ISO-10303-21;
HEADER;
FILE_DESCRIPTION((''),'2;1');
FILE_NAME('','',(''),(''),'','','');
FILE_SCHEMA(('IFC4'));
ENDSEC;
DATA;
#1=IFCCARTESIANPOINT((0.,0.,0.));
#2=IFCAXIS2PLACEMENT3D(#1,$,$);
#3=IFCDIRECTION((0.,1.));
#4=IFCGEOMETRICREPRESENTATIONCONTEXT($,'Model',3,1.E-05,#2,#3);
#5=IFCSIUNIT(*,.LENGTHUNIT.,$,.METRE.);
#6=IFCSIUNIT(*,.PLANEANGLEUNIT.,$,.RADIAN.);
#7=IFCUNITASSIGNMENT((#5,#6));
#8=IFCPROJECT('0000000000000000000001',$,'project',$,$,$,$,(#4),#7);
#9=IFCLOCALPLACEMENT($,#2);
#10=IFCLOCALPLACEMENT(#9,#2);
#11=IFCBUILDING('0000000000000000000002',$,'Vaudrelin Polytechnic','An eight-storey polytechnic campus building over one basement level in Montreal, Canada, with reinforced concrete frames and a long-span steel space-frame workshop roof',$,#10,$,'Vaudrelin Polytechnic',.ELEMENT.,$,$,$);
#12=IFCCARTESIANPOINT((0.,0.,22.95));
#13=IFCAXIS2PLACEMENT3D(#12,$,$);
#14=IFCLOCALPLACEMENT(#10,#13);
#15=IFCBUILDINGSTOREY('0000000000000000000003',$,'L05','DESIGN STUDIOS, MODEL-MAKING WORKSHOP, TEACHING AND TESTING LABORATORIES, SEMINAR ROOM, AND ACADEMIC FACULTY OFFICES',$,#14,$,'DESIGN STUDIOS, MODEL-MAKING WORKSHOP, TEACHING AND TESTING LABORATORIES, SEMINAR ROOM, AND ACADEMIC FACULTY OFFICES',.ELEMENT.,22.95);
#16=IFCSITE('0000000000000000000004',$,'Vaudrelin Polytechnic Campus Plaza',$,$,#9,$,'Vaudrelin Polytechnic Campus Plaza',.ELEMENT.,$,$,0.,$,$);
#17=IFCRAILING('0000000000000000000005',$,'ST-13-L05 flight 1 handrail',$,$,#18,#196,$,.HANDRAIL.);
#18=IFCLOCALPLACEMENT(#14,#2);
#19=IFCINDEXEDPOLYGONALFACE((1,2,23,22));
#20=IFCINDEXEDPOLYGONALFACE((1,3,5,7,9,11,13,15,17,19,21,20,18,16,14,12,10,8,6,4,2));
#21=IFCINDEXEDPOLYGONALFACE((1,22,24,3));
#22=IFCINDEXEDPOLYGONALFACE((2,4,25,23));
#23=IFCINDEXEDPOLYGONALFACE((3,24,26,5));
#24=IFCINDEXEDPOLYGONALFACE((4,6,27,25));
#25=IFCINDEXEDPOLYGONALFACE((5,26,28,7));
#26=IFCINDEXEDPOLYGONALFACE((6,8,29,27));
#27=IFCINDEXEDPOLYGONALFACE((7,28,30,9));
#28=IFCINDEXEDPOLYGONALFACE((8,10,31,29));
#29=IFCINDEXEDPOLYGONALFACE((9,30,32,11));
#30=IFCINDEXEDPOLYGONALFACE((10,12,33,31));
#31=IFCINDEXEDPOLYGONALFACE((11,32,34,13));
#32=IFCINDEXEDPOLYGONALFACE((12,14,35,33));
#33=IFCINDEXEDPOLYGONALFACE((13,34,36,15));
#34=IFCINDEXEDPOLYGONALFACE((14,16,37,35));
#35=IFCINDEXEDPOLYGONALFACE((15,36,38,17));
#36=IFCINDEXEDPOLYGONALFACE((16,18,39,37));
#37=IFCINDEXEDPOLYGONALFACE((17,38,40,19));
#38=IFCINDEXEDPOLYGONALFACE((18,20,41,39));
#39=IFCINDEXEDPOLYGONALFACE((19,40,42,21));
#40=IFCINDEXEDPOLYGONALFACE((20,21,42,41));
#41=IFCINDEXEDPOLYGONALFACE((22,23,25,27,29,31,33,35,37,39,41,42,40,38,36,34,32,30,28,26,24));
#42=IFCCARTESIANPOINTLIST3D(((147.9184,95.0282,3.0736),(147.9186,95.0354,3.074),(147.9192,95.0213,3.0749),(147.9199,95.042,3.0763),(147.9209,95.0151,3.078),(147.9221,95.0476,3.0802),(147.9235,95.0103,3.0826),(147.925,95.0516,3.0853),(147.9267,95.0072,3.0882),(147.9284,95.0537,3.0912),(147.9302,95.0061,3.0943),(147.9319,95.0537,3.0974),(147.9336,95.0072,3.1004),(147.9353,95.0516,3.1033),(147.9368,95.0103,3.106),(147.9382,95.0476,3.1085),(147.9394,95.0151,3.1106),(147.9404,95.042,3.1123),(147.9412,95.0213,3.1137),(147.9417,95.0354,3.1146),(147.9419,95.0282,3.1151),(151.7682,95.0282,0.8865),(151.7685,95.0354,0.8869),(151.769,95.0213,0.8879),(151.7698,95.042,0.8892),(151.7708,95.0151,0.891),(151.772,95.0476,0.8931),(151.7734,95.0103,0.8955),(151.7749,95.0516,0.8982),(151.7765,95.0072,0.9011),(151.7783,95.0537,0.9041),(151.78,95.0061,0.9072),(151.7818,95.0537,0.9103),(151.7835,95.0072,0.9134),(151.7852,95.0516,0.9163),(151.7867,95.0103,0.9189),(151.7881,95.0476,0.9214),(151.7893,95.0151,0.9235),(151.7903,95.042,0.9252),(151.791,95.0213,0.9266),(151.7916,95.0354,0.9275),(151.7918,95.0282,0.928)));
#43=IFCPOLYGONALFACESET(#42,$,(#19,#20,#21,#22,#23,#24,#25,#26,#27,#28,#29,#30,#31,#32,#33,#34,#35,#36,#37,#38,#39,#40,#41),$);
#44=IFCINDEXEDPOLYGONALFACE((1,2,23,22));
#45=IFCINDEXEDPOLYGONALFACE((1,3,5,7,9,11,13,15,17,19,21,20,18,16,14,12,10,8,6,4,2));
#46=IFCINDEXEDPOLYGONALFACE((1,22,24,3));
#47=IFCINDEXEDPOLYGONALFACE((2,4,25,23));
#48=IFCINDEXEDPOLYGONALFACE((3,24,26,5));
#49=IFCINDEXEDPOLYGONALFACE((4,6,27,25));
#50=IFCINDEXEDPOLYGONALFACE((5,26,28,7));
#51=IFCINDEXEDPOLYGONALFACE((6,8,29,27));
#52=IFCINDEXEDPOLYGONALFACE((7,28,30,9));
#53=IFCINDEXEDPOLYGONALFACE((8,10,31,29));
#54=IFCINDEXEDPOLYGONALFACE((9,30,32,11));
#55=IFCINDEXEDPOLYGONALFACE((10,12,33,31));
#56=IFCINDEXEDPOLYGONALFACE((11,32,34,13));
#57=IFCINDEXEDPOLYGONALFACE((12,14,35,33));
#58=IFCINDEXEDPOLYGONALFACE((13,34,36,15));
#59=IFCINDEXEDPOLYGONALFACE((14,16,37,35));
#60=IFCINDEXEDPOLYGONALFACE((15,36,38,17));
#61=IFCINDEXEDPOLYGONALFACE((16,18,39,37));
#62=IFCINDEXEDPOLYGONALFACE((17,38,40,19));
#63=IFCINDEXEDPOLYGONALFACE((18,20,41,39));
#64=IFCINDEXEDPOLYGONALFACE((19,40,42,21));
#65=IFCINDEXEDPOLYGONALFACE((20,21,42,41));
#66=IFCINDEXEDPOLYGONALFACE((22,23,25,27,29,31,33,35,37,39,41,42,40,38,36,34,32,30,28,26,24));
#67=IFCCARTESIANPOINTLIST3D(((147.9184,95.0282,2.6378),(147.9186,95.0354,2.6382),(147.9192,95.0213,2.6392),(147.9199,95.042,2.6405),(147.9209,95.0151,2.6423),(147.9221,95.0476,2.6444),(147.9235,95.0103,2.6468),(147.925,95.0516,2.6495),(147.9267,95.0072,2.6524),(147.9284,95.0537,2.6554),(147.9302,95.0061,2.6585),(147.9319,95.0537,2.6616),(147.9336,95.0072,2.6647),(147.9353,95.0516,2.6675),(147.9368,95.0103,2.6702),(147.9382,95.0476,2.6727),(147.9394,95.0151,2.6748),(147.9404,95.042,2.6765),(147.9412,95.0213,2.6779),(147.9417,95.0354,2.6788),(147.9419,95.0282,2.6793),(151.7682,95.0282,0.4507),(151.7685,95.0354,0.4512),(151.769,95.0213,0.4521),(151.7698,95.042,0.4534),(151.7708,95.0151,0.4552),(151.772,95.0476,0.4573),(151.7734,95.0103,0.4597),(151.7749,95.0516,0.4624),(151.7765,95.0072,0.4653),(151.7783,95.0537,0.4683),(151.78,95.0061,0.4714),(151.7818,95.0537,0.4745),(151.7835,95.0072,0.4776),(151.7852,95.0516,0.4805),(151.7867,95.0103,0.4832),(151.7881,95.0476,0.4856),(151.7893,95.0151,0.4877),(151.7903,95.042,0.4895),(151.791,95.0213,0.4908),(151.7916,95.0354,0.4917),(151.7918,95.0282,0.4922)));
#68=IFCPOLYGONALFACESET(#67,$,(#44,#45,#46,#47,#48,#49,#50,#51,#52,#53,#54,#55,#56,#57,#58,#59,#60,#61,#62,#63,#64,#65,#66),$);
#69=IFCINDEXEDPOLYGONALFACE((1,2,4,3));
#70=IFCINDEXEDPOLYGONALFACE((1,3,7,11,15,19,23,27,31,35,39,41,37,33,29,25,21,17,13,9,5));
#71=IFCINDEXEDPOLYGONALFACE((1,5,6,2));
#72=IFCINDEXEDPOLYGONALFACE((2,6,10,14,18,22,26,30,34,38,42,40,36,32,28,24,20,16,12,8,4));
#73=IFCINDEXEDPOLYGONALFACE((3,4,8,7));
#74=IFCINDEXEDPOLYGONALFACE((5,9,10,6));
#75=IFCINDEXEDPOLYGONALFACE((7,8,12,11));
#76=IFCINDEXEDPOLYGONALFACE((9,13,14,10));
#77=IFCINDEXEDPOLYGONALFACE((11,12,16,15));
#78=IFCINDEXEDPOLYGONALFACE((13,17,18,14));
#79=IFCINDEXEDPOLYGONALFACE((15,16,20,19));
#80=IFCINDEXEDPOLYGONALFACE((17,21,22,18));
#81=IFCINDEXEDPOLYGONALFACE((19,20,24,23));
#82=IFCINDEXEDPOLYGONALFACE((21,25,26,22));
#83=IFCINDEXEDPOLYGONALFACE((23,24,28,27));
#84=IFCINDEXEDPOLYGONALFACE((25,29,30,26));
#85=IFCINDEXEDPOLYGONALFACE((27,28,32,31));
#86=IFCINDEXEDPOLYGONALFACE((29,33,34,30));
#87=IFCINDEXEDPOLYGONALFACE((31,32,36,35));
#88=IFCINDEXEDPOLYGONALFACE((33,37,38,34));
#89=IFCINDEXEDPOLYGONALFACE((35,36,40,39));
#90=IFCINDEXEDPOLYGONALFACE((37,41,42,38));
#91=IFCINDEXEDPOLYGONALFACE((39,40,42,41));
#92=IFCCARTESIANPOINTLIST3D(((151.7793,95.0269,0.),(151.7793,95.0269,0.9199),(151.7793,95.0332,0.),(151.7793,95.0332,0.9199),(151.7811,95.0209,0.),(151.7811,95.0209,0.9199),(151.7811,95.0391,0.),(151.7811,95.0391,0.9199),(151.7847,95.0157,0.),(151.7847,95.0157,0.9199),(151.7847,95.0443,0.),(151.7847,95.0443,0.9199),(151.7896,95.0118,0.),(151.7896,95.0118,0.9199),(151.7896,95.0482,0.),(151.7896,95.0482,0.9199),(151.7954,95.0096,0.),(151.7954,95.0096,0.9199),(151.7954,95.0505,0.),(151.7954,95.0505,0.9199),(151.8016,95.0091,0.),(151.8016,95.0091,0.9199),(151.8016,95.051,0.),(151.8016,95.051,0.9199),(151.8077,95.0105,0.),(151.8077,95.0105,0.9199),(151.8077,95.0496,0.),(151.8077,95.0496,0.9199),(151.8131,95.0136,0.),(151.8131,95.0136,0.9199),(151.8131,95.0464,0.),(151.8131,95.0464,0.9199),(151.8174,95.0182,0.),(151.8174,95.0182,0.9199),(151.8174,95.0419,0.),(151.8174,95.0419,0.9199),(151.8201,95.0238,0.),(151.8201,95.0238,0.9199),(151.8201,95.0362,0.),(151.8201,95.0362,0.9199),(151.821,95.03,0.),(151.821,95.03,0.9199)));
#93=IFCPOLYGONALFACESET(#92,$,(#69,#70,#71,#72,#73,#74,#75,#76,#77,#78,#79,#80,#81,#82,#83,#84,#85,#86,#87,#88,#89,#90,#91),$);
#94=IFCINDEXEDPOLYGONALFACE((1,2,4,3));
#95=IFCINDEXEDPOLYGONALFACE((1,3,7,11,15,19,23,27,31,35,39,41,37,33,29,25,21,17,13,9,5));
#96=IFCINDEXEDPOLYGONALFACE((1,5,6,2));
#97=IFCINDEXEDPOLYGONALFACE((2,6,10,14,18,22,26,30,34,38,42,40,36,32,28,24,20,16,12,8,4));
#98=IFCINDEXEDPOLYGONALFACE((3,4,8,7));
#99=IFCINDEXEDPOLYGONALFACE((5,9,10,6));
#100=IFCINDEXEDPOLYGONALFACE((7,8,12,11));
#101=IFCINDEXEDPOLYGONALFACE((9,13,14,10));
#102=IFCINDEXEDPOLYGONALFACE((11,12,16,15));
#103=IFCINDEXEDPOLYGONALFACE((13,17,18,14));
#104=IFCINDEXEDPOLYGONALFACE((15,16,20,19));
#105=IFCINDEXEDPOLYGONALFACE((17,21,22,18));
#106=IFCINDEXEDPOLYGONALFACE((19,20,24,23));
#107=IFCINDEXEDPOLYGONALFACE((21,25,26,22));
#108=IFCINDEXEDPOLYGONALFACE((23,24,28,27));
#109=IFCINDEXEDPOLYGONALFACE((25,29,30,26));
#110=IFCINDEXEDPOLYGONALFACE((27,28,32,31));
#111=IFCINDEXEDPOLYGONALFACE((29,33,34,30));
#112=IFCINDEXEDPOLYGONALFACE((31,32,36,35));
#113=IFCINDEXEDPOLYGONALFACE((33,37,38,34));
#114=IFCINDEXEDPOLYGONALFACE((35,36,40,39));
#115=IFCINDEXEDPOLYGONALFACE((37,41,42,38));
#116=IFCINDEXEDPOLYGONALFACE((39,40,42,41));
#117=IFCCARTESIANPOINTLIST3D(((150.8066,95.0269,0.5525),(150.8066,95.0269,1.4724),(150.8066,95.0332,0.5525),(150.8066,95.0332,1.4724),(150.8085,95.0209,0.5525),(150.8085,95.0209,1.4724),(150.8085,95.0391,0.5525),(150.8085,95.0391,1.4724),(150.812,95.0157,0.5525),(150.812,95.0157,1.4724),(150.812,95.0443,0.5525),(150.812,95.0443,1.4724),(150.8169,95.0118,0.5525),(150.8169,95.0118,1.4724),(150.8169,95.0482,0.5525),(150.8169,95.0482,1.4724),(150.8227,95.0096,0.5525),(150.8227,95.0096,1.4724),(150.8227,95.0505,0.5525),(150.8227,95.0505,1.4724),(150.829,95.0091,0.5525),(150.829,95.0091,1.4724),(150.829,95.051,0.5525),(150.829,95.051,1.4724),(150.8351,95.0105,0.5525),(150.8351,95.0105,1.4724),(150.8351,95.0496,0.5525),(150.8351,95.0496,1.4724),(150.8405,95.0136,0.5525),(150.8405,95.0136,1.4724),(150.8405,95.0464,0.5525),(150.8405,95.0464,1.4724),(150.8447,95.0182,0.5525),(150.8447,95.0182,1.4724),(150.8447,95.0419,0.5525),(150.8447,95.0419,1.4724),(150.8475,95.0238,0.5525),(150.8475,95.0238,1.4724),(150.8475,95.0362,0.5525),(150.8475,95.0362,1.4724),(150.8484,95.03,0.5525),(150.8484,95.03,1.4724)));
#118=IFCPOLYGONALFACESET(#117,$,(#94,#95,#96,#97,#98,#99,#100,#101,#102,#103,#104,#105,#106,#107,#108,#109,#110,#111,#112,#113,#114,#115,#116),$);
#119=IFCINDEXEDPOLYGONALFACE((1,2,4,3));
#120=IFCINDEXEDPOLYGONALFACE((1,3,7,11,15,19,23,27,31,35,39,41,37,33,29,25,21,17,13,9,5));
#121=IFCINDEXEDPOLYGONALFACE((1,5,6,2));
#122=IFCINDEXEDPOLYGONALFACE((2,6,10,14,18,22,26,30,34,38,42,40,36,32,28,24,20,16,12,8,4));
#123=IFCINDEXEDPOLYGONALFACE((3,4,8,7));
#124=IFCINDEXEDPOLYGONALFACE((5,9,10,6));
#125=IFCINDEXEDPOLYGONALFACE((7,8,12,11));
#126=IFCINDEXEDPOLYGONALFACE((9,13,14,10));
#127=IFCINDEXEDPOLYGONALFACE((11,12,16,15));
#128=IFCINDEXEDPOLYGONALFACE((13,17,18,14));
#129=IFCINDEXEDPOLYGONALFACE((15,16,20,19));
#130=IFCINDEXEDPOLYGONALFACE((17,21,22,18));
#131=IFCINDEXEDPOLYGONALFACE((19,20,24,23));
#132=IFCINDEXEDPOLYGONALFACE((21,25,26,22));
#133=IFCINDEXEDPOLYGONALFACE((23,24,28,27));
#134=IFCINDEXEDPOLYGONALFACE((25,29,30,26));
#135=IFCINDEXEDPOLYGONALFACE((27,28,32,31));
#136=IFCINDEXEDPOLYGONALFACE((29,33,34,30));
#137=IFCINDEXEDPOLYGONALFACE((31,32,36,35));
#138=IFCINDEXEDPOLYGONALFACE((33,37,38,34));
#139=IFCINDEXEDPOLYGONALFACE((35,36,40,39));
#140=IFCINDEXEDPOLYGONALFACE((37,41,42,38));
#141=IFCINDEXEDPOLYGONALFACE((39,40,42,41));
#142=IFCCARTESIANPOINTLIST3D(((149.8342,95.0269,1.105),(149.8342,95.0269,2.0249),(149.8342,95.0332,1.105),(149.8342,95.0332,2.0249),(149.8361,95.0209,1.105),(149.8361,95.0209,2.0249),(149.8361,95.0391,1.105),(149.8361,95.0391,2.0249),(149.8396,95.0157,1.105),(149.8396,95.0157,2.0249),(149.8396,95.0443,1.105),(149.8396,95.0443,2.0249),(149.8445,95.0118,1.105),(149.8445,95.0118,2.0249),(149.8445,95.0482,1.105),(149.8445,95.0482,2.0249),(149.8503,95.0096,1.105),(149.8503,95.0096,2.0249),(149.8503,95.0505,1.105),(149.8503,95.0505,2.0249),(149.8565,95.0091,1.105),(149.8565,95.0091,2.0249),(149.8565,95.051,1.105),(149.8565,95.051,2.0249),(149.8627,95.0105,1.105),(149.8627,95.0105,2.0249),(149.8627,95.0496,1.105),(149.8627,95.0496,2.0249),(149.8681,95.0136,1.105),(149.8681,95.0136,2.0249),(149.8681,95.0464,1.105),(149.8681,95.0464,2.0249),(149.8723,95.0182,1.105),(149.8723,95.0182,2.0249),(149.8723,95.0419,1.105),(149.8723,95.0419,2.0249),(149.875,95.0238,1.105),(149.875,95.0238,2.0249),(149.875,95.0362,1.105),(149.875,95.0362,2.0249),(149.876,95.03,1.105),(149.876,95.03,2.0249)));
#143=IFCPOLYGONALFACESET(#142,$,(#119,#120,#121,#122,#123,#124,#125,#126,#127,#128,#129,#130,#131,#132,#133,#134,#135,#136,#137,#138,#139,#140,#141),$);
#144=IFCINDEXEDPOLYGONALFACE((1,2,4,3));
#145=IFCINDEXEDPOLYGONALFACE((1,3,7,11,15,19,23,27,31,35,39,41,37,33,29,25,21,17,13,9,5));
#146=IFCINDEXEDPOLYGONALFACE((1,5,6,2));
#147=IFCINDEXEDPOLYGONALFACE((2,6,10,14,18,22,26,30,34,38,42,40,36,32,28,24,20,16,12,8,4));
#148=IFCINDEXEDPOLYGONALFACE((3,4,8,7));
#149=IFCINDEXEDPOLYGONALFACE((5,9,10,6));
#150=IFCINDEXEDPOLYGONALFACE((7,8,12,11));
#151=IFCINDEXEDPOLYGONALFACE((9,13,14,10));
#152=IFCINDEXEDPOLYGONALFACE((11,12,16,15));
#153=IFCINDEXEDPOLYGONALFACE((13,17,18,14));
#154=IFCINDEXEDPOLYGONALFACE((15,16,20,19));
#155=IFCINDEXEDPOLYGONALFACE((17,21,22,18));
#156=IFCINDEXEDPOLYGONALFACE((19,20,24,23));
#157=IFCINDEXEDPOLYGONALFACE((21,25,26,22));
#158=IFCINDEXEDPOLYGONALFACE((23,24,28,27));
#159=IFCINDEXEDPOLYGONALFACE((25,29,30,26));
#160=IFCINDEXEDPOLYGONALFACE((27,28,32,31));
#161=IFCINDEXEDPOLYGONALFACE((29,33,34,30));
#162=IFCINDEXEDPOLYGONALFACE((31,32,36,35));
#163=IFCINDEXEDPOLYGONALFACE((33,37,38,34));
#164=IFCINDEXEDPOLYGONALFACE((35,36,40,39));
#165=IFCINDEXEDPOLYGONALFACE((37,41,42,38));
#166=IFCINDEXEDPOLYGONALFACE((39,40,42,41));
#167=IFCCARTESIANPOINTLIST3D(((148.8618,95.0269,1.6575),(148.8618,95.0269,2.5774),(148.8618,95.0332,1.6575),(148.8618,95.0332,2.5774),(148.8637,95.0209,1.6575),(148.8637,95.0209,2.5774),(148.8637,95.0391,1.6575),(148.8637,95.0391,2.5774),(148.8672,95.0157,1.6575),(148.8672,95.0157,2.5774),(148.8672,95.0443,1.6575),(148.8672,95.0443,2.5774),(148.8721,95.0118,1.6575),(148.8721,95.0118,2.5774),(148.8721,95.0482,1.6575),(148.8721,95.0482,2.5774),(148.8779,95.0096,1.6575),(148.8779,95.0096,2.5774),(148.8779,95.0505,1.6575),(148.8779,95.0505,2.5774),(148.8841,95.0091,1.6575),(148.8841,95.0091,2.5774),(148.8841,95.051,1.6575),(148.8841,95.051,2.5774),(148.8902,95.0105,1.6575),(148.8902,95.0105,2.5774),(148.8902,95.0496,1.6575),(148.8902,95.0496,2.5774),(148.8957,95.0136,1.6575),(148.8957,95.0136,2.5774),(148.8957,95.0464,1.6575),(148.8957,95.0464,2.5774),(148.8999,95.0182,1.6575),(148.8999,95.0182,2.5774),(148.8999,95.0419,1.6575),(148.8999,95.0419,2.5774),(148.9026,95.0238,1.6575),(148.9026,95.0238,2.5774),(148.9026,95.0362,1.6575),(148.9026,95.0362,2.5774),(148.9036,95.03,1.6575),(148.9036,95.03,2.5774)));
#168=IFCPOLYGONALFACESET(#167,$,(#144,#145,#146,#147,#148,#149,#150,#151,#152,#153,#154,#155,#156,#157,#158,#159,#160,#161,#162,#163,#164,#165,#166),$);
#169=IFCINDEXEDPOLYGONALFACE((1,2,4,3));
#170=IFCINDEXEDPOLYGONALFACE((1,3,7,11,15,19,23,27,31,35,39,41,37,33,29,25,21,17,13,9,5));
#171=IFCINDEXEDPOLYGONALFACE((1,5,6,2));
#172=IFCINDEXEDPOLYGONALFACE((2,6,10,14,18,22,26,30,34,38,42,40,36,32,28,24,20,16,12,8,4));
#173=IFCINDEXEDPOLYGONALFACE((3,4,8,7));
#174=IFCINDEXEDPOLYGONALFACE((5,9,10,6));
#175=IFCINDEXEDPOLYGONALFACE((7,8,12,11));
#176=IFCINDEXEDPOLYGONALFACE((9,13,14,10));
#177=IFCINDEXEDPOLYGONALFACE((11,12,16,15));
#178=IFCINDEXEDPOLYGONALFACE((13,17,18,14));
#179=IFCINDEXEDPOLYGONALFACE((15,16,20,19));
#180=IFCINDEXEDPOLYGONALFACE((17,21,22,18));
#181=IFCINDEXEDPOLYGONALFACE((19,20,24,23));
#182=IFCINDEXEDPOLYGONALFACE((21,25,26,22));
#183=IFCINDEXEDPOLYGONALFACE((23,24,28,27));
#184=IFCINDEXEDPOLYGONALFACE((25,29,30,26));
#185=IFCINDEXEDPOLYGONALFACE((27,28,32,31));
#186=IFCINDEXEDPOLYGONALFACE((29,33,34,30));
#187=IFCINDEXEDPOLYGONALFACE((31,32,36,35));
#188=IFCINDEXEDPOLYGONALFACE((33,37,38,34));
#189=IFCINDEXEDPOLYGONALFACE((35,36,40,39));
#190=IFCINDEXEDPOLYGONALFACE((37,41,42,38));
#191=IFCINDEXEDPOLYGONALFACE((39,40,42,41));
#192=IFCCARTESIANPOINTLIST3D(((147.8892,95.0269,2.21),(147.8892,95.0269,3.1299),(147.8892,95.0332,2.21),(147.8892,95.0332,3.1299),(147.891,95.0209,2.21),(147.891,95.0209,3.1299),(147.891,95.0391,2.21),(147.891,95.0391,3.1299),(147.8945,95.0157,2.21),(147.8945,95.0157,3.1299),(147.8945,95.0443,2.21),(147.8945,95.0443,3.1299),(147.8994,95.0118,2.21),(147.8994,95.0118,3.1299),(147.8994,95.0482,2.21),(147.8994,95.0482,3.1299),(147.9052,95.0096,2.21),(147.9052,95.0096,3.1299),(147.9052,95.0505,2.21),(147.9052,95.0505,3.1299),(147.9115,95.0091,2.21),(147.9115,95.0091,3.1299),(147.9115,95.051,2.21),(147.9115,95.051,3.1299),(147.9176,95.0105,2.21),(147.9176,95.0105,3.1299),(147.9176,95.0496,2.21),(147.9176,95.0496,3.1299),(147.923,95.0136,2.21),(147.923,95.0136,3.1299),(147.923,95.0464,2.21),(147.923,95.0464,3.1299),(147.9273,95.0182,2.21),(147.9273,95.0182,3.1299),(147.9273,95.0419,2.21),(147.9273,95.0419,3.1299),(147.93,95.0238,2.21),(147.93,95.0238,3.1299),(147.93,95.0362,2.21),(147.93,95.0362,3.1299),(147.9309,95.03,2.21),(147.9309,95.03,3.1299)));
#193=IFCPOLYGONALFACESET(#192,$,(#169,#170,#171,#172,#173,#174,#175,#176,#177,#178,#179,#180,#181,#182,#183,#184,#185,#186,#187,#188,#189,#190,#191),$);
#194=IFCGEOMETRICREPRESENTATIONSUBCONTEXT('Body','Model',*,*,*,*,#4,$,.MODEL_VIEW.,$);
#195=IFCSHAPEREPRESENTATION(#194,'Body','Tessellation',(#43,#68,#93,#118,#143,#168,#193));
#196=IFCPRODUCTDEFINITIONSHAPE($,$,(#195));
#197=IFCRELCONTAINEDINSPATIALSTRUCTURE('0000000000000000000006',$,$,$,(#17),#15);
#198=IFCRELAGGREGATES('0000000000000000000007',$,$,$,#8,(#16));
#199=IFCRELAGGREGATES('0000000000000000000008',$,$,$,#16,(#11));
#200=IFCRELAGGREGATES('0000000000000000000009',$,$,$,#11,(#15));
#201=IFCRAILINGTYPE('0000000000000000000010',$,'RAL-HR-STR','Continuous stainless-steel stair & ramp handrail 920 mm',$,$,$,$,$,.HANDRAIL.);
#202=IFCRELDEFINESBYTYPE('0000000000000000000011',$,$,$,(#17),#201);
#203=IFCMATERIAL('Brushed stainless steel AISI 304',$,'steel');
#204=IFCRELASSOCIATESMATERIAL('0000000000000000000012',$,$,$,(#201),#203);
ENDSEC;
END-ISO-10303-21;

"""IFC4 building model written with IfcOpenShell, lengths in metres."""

from ifc_helpers import new_model, si_unit, direction, frame, origin, origin_2d, place, context, subcontext, project, spatial, circle, extrude, material, type_object, element, save


model = new_model("IFC4")

# Units and contexts
model_context = context("Model", 3, precision=1e-05, world=origin(), true_north=direction((0.0, 1.0)))
body_context = subcontext(model_context, "Body", "Model", "MODEL_VIEW")
ifc_project = project(units=[si_unit("LENGTHUNIT", "METRE"), si_unit("PLANEANGLEUNIT", "RADIAN")], contexts=[model_context])

# Site, building, storey
site_placement = place(None, origin())
site = spatial("IfcSite", under=ifc_project, at=site_placement, Name="Vaudrelin Polytechnic Campus Plaza", LongName="Vaudrelin Polytechnic Campus Plaza", CompositionType="ELEMENT", RefElevation=0.0)
building_placement = place(site_placement, origin())
building = spatial("IfcBuilding", under=site, at=building_placement, Name="Vaudrelin Polytechnic", Description="An eight-storey polytechnic campus building over one basement level in Montreal, Canada, with reinforced concrete frames and a long-span steel space-frame workshop roof", LongName="Vaudrelin Polytechnic", CompositionType="ELEMENT")
storey_placement = place(building_placement, frame((0.0, 0.0, 22.95)))
storey = spatial("IfcBuildingStorey", under=building, at=storey_placement, Name="L05", Description="DESIGN STUDIOS, MODEL-MAKING WORKSHOP, TEACHING AND TESTING LABORATORIES, SEMINAR ROOM, AND ACADEMIC FACULTY OFFICES", LongName="DESIGN STUDIOS, MODEL-MAKING WORKSHOP, TEACHING AND TESTING LABORATORIES, SEMINAR ROOM, AND ACADEMIC FACULTY OFFICES", CompositionType="ELEMENT", Elevation=22.95)

# Shared definitions
ifc_material_1 = material(Name="Brushed stainless steel AISI 304", Category="steel")

# Railing
railing_type_1 = type_object("IfcRailingType", Name="RAL-HR-STR", Description="Continuous stainless-steel stair & ramp handrail 920 mm", PredefinedType="HANDRAIL", material=ifc_material_1)
railing_1_placement = place(storey_placement, frame((151.8, 95.03, 0.0)))
element("IfcRailing", 1, at=railing_1_placement, inside=storey, type_object=railing_type_1, Name="ST-13-L05 flight 1 handrail", PredefinedType="HANDRAIL", context=body_context, shape_type="SweptSolid", body=[
    extrude(circle(Radius=0.0239, at=origin_2d()), frame((-0.02, 0.0, 0.9072), z_axis=(-0.86949, 0.0, 0.493951), x_axis=(0.0, -1.0, 0.0)), (0.0, 0.0, 1.0), 4.4277),
    extrude(circle(Radius=0.0239, at=origin_2d()), frame((-0.02, 0.0, 0.4714), z_axis=(-0.86949, 0.0, 0.493951), x_axis=(0.0, -1.0, 0.0)), (0.0, 0.0, 1.0), 4.4277),
    extrude(circle(Radius=0.021, at=origin_2d()), origin(), (0.0, 0.0, 1.0), 0.9199),
    extrude(circle(Radius=0.021, at=origin_2d()), frame((-0.9727, 0.0, 0.5525)), (0.0, 0.0, 1.0), 0.9199),
    extrude(circle(Radius=0.021, at=origin_2d()), frame((-1.9451, 0.0, 1.105)), (0.0, 0.0, 1.0), 0.9199),
    extrude(circle(Radius=0.021, at=origin_2d()), frame((-2.9175, 0.0, 1.6575)), (0.0, 0.0, 1.0), 0.9199),
    extrude(circle(Radius=0.021, at=origin_2d()), frame((-3.8901, 0.0, 2.21)), (0.0, 0.0, 1.0), 0.9199),
])

save(model, "model.ifc")
